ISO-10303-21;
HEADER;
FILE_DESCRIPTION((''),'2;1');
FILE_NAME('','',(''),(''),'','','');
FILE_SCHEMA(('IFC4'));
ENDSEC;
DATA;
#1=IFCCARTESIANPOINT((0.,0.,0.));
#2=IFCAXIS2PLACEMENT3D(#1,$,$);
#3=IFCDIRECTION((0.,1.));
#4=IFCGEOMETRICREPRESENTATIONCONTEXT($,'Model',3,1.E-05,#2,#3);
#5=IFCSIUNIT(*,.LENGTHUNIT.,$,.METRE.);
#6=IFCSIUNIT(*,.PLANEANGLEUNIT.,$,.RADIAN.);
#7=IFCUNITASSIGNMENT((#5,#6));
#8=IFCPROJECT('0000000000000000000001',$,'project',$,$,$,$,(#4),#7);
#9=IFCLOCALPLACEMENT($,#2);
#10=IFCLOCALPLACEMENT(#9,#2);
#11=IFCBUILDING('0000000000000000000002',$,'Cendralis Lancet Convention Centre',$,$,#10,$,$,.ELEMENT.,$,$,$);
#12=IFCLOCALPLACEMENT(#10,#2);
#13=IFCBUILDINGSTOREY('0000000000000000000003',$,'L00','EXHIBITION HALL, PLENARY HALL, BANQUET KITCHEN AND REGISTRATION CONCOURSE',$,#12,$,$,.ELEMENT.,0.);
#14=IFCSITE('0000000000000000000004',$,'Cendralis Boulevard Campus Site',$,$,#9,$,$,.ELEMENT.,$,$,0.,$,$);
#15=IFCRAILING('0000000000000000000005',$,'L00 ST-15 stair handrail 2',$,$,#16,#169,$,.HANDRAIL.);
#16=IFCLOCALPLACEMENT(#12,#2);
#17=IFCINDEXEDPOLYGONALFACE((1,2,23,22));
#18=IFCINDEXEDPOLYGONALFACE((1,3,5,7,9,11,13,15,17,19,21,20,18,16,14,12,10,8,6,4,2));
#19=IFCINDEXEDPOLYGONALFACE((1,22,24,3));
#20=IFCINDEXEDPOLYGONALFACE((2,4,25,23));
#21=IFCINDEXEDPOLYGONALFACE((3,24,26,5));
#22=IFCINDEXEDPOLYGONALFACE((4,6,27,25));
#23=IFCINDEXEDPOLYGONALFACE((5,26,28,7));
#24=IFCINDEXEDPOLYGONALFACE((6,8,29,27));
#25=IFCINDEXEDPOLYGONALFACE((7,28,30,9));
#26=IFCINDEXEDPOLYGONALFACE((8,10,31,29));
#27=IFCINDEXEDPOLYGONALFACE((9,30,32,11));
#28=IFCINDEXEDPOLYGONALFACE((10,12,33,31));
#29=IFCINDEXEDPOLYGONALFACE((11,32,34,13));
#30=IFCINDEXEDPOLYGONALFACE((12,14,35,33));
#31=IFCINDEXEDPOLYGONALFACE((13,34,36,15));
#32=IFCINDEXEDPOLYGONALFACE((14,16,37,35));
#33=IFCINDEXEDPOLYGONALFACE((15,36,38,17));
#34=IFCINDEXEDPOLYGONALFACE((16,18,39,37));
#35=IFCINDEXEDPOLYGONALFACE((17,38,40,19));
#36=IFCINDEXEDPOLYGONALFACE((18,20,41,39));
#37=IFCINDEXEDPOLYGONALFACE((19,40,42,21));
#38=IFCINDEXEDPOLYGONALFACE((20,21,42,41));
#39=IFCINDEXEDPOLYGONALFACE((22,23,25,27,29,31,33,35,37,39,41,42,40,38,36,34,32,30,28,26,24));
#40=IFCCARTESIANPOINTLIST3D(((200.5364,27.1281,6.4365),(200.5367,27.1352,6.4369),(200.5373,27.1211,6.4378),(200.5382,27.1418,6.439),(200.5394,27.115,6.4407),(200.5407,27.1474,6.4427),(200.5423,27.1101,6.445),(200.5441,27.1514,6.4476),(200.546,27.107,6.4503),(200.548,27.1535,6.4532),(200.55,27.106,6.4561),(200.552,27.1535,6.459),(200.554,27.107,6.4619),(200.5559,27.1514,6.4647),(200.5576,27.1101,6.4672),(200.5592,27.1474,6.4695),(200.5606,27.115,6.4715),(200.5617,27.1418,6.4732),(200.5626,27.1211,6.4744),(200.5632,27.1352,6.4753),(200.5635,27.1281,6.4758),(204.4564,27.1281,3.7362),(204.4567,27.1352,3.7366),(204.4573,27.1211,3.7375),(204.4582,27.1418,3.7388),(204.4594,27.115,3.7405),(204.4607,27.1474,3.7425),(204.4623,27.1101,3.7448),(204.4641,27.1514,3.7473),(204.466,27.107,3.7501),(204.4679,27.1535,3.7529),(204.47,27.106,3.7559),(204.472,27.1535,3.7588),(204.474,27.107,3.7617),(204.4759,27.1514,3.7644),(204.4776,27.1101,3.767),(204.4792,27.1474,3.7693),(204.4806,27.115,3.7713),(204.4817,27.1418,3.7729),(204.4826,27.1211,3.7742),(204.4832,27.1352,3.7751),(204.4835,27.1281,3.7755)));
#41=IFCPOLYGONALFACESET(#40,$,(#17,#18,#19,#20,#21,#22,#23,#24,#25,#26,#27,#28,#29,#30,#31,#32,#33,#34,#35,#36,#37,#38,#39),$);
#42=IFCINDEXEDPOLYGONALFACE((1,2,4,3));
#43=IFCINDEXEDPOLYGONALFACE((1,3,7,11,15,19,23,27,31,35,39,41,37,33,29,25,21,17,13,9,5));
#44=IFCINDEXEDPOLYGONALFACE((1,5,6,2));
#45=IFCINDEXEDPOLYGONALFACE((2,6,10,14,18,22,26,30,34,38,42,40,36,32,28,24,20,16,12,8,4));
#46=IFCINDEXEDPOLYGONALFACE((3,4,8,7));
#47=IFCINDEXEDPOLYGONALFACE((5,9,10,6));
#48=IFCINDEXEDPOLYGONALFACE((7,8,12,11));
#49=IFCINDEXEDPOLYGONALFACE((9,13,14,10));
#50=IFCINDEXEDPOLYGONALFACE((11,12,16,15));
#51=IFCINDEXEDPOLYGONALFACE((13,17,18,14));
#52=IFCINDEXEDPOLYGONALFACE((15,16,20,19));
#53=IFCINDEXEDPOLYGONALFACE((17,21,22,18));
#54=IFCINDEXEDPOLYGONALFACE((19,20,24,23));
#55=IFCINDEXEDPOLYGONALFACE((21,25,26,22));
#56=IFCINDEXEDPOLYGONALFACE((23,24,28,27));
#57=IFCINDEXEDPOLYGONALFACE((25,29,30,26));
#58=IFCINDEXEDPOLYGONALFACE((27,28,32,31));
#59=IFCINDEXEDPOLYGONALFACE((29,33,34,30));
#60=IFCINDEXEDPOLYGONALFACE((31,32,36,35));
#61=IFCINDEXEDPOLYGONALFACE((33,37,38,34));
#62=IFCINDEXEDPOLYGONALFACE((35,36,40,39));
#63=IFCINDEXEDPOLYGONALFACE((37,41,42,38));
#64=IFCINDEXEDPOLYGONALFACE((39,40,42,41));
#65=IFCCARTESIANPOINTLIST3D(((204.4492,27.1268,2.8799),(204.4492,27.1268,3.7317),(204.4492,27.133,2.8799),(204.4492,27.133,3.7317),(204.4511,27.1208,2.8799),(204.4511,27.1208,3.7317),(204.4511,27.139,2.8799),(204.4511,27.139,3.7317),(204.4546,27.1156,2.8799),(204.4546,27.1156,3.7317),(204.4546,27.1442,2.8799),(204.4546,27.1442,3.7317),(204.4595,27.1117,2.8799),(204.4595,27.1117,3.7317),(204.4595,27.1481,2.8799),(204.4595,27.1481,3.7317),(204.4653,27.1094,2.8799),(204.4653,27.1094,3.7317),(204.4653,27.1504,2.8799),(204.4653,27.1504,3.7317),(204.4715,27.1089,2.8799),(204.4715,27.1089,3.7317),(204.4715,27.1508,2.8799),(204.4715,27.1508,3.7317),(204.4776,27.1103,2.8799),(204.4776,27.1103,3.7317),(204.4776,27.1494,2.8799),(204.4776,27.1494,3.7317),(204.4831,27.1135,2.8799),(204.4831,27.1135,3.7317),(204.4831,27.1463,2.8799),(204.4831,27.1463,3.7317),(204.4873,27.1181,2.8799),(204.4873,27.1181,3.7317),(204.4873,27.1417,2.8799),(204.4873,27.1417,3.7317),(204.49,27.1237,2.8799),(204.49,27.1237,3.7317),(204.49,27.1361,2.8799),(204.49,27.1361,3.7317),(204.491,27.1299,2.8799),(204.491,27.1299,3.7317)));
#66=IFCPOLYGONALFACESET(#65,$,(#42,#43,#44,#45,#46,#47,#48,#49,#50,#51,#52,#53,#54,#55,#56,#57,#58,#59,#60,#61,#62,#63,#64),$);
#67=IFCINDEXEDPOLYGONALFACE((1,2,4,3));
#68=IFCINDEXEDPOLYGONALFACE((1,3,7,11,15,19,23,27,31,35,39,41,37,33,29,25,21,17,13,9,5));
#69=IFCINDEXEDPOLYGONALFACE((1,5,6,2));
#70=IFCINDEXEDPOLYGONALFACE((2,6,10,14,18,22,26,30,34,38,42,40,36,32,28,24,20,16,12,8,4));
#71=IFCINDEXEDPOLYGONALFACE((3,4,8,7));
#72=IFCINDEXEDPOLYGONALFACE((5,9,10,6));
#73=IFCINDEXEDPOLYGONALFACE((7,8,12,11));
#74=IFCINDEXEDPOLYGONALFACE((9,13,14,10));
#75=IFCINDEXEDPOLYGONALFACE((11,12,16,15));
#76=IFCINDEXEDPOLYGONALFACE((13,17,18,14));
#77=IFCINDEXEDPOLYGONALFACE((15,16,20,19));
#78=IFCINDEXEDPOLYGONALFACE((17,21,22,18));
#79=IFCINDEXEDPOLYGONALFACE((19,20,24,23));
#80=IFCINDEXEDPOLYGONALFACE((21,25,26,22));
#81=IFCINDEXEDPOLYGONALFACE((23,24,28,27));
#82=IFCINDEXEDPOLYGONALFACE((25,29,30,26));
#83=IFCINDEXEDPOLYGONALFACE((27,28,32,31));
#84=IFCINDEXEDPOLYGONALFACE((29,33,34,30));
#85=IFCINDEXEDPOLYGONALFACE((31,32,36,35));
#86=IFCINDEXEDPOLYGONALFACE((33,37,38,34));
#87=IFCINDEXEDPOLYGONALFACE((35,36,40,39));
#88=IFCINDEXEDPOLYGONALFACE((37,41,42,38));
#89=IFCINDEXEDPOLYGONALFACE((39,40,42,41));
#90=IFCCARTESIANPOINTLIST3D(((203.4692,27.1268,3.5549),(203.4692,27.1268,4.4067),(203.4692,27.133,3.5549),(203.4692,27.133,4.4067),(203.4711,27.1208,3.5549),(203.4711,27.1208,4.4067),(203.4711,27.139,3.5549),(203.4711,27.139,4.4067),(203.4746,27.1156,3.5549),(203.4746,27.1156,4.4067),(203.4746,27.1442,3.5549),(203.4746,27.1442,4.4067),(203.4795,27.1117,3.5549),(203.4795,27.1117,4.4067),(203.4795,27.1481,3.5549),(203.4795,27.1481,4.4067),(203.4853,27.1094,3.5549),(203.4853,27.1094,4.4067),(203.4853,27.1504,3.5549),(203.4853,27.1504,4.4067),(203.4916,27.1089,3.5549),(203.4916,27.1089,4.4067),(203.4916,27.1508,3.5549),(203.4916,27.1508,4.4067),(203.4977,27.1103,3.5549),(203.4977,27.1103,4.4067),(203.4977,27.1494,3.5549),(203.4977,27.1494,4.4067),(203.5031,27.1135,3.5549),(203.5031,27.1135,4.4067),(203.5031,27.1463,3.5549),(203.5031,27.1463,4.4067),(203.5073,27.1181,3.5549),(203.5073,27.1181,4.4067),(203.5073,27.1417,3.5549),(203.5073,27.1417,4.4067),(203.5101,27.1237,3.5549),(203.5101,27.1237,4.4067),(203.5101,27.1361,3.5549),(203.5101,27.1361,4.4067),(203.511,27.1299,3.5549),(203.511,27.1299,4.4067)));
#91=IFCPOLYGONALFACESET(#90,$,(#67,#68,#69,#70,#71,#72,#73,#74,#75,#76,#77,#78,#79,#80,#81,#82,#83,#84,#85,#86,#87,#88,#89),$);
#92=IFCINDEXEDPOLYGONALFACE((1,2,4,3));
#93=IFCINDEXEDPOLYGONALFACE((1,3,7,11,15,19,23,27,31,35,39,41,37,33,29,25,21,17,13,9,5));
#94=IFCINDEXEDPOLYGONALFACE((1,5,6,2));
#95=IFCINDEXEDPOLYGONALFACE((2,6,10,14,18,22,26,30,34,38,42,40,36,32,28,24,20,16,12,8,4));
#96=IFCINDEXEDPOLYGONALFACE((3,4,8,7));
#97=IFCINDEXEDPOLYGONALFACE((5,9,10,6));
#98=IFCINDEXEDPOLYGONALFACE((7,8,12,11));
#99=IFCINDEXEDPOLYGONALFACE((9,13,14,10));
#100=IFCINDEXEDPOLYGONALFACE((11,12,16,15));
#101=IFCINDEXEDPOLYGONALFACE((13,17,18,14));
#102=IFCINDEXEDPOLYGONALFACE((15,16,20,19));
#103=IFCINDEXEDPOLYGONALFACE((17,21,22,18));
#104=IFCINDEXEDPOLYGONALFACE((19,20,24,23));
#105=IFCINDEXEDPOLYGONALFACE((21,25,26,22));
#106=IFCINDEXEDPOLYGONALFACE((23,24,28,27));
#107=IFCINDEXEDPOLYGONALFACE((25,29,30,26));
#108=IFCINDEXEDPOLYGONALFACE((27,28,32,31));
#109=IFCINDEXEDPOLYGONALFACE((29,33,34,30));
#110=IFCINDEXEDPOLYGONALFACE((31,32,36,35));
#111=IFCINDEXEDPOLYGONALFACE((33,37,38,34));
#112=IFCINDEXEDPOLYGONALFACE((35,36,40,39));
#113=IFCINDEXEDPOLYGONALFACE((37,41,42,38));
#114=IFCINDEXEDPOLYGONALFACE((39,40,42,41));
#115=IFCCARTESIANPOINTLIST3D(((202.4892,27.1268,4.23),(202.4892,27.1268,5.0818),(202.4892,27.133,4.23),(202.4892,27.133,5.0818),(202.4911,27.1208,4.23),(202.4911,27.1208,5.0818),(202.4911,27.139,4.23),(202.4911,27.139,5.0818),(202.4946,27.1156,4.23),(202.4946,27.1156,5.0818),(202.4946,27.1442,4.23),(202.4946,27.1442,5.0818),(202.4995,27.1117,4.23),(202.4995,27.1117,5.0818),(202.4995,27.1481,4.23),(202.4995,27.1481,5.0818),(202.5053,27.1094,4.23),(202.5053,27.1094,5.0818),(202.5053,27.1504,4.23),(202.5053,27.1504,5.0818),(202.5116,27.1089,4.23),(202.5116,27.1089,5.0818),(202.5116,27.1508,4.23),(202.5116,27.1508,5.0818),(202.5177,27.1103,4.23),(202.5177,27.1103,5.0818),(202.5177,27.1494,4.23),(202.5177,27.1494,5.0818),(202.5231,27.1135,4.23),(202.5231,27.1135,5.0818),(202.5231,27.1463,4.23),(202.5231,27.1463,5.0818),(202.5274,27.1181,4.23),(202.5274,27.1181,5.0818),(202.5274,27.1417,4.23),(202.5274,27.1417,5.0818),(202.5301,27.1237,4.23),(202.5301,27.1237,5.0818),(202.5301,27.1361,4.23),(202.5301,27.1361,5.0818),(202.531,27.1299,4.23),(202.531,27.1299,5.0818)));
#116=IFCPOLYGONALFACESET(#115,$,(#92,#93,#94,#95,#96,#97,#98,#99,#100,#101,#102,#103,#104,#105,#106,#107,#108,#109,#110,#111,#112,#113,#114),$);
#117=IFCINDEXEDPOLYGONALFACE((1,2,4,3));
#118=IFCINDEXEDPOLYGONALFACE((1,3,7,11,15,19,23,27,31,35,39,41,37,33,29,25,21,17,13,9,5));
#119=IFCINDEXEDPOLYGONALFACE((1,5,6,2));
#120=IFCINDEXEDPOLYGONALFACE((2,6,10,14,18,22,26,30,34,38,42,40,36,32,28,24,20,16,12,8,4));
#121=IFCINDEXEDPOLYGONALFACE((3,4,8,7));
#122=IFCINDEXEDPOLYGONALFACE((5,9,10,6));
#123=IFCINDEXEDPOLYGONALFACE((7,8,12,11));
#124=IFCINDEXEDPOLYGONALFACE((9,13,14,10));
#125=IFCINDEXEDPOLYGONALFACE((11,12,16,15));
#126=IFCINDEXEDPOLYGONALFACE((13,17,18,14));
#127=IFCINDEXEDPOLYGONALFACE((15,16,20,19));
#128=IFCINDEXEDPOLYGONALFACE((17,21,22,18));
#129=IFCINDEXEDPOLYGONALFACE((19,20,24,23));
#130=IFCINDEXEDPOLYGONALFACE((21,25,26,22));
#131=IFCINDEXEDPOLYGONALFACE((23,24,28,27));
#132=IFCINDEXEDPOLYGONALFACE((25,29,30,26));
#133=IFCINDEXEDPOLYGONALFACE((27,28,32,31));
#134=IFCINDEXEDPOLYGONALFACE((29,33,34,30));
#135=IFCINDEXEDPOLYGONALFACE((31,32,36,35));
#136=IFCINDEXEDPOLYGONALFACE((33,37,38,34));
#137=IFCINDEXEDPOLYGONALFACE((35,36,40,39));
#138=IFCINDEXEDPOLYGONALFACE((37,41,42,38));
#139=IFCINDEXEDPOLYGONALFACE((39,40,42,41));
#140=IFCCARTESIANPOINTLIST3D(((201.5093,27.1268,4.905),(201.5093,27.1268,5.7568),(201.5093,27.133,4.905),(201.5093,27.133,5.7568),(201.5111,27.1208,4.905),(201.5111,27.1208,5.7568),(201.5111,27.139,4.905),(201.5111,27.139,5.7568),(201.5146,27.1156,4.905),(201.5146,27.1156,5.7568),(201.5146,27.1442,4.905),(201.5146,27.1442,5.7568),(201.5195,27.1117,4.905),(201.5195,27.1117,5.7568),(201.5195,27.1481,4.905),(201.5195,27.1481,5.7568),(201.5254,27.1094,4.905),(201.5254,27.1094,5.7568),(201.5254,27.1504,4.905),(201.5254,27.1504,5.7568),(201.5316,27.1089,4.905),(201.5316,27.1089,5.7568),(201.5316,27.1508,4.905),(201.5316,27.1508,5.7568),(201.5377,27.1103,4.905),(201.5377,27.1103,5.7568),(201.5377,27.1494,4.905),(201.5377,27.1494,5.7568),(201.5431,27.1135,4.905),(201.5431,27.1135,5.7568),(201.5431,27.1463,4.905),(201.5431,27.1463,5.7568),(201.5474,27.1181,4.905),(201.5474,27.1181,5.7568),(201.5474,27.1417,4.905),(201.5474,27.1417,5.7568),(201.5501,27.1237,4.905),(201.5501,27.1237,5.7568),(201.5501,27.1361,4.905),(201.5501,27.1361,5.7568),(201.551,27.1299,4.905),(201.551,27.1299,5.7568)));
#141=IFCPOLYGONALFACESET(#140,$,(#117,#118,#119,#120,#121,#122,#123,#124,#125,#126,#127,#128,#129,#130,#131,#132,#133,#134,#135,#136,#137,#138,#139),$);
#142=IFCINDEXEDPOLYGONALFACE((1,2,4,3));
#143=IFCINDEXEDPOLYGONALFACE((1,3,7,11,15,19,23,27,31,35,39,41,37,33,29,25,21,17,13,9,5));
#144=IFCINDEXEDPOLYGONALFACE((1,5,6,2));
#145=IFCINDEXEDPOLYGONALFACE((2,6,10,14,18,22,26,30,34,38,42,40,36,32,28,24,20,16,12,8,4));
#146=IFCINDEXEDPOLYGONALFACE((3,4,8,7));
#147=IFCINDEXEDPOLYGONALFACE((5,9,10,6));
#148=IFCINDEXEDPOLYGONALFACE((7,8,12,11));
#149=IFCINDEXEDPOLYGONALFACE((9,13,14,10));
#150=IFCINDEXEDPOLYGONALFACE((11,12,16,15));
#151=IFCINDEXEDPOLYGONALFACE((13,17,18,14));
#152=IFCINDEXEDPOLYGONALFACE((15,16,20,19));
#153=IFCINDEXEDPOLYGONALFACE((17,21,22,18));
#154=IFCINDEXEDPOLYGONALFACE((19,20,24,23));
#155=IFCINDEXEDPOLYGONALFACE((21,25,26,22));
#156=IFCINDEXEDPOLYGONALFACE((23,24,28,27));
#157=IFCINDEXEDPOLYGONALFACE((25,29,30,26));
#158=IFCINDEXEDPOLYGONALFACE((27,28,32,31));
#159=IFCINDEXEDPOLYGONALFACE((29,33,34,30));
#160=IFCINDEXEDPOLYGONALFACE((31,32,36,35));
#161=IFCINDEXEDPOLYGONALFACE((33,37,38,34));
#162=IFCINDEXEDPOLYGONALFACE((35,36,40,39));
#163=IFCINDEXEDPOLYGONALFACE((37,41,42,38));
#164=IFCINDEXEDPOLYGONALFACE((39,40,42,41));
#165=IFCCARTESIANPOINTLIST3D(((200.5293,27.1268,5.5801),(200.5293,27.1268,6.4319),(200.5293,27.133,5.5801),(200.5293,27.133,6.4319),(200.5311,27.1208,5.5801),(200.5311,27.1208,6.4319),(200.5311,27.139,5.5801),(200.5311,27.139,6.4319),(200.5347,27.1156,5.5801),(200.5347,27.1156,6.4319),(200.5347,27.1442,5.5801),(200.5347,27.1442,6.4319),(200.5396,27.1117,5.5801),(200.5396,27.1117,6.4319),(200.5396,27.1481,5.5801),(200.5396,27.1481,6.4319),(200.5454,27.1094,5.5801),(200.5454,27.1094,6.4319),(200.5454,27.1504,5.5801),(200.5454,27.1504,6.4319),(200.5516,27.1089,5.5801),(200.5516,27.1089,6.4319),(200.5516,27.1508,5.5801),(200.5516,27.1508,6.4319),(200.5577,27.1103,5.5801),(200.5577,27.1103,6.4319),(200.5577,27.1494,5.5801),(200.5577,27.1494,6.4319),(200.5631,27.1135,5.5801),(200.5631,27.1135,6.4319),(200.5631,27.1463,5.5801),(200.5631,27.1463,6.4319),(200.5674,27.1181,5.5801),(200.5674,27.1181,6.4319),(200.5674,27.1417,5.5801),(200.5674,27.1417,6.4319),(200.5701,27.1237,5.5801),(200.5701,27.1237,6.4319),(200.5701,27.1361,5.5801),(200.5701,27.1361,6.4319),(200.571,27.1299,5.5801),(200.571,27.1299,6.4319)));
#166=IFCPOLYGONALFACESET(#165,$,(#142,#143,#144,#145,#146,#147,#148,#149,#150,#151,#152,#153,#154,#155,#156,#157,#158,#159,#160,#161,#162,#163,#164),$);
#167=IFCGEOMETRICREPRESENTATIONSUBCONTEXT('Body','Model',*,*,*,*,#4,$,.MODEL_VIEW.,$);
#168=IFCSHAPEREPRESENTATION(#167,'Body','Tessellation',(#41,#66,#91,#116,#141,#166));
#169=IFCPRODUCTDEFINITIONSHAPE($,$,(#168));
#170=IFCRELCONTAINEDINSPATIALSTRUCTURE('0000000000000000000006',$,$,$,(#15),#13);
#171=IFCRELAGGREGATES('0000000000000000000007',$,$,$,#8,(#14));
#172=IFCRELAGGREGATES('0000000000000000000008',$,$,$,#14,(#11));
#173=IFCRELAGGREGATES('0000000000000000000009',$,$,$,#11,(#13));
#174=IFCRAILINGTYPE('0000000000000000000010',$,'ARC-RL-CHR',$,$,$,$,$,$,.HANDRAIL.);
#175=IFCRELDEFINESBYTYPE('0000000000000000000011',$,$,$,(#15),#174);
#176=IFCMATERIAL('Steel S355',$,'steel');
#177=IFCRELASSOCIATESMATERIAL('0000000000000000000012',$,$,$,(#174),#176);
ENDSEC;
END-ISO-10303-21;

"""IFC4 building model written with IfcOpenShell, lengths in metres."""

from ifc_helpers import new_model, si_unit, direction, frame, origin, origin_2d, place, context, subcontext, project, spatial, circle, extrude, material, type_object, element, save


model = new_model("IFC4")

# Units and contexts
model_context = context("Model", 3, precision=1e-05, world=origin(), true_north=direction((0.0, 1.0)))
body_context = subcontext(model_context, "Body", "Model", "MODEL_VIEW")
ifc_project = project(units=[si_unit("LENGTHUNIT", "METRE"), si_unit("PLANEANGLEUNIT", "RADIAN")], contexts=[model_context])

# Site, building, storey
site_placement = place(None, origin())
site = spatial("IfcSite", under=ifc_project, at=site_placement, Name="Cendralis Boulevard Campus Site", CompositionType="ELEMENT", RefElevation=0.0)
building_placement = place(site_placement, origin())
building = spatial("IfcBuilding", under=site, at=building_placement, Name="Cendralis Lancet Convention Centre", CompositionType="ELEMENT")
storey_placement = place(building_placement, origin())
storey = spatial("IfcBuildingStorey", under=building, at=storey_placement, Name="L00", Description="EXHIBITION HALL, PLENARY HALL, BANQUET KITCHEN AND REGISTRATION CONCOURSE", CompositionType="ELEMENT", Elevation=0.0)

# Shared definitions
ifc_material_1 = material(Name="Steel S355", Category="steel")

# Railing
railing_type_1 = type_object("IfcRailingType", Name="ARC-RL-CHR", PredefinedType="HANDRAIL", material=ifc_material_1)
railing_1_placement = place(storey_placement, frame((204.47, 27.1299, 2.8799)))
element("IfcRailing", 1, at=railing_1_placement, inside=storey, type_object=railing_type_1, Name="L00 ST-15 stair handrail 2", PredefinedType="HANDRAIL", context=body_context, shape_type="SweptSolid", body=[
    extrude(circle(Radius=0.0239, at=origin_2d()), frame((0.0, 0.0, 0.876), z_axis=(-0.823527, 0.0, 0.567277), x_axis=(0.0, -1.0, 0.0)), (0.0, 0.0, 1.0), 4.76),
    extrude(circle(Radius=0.021, at=origin_2d()), origin(), (0.0, 0.0, 1.0), 0.8518),
    extrude(circle(Radius=0.021, at=origin_2d()), frame((-0.98, 0.0, 0.675)), (0.0, 0.0, 1.0), 0.8518),
    extrude(circle(Radius=0.021, at=origin_2d()), frame((-1.96, 0.0, 1.3501)), (0.0, 0.0, 1.0), 0.8518),
    extrude(circle(Radius=0.021, at=origin_2d()), frame((-2.9399, 0.0, 2.0251)), (0.0, 0.0, 1.0), 0.8518),
    extrude(circle(Radius=0.021, at=origin_2d()), frame((-3.9199, 0.0, 2.7002)), (0.0, 0.0, 1.0), 0.8518),
])

save(model, "model.ifc")
